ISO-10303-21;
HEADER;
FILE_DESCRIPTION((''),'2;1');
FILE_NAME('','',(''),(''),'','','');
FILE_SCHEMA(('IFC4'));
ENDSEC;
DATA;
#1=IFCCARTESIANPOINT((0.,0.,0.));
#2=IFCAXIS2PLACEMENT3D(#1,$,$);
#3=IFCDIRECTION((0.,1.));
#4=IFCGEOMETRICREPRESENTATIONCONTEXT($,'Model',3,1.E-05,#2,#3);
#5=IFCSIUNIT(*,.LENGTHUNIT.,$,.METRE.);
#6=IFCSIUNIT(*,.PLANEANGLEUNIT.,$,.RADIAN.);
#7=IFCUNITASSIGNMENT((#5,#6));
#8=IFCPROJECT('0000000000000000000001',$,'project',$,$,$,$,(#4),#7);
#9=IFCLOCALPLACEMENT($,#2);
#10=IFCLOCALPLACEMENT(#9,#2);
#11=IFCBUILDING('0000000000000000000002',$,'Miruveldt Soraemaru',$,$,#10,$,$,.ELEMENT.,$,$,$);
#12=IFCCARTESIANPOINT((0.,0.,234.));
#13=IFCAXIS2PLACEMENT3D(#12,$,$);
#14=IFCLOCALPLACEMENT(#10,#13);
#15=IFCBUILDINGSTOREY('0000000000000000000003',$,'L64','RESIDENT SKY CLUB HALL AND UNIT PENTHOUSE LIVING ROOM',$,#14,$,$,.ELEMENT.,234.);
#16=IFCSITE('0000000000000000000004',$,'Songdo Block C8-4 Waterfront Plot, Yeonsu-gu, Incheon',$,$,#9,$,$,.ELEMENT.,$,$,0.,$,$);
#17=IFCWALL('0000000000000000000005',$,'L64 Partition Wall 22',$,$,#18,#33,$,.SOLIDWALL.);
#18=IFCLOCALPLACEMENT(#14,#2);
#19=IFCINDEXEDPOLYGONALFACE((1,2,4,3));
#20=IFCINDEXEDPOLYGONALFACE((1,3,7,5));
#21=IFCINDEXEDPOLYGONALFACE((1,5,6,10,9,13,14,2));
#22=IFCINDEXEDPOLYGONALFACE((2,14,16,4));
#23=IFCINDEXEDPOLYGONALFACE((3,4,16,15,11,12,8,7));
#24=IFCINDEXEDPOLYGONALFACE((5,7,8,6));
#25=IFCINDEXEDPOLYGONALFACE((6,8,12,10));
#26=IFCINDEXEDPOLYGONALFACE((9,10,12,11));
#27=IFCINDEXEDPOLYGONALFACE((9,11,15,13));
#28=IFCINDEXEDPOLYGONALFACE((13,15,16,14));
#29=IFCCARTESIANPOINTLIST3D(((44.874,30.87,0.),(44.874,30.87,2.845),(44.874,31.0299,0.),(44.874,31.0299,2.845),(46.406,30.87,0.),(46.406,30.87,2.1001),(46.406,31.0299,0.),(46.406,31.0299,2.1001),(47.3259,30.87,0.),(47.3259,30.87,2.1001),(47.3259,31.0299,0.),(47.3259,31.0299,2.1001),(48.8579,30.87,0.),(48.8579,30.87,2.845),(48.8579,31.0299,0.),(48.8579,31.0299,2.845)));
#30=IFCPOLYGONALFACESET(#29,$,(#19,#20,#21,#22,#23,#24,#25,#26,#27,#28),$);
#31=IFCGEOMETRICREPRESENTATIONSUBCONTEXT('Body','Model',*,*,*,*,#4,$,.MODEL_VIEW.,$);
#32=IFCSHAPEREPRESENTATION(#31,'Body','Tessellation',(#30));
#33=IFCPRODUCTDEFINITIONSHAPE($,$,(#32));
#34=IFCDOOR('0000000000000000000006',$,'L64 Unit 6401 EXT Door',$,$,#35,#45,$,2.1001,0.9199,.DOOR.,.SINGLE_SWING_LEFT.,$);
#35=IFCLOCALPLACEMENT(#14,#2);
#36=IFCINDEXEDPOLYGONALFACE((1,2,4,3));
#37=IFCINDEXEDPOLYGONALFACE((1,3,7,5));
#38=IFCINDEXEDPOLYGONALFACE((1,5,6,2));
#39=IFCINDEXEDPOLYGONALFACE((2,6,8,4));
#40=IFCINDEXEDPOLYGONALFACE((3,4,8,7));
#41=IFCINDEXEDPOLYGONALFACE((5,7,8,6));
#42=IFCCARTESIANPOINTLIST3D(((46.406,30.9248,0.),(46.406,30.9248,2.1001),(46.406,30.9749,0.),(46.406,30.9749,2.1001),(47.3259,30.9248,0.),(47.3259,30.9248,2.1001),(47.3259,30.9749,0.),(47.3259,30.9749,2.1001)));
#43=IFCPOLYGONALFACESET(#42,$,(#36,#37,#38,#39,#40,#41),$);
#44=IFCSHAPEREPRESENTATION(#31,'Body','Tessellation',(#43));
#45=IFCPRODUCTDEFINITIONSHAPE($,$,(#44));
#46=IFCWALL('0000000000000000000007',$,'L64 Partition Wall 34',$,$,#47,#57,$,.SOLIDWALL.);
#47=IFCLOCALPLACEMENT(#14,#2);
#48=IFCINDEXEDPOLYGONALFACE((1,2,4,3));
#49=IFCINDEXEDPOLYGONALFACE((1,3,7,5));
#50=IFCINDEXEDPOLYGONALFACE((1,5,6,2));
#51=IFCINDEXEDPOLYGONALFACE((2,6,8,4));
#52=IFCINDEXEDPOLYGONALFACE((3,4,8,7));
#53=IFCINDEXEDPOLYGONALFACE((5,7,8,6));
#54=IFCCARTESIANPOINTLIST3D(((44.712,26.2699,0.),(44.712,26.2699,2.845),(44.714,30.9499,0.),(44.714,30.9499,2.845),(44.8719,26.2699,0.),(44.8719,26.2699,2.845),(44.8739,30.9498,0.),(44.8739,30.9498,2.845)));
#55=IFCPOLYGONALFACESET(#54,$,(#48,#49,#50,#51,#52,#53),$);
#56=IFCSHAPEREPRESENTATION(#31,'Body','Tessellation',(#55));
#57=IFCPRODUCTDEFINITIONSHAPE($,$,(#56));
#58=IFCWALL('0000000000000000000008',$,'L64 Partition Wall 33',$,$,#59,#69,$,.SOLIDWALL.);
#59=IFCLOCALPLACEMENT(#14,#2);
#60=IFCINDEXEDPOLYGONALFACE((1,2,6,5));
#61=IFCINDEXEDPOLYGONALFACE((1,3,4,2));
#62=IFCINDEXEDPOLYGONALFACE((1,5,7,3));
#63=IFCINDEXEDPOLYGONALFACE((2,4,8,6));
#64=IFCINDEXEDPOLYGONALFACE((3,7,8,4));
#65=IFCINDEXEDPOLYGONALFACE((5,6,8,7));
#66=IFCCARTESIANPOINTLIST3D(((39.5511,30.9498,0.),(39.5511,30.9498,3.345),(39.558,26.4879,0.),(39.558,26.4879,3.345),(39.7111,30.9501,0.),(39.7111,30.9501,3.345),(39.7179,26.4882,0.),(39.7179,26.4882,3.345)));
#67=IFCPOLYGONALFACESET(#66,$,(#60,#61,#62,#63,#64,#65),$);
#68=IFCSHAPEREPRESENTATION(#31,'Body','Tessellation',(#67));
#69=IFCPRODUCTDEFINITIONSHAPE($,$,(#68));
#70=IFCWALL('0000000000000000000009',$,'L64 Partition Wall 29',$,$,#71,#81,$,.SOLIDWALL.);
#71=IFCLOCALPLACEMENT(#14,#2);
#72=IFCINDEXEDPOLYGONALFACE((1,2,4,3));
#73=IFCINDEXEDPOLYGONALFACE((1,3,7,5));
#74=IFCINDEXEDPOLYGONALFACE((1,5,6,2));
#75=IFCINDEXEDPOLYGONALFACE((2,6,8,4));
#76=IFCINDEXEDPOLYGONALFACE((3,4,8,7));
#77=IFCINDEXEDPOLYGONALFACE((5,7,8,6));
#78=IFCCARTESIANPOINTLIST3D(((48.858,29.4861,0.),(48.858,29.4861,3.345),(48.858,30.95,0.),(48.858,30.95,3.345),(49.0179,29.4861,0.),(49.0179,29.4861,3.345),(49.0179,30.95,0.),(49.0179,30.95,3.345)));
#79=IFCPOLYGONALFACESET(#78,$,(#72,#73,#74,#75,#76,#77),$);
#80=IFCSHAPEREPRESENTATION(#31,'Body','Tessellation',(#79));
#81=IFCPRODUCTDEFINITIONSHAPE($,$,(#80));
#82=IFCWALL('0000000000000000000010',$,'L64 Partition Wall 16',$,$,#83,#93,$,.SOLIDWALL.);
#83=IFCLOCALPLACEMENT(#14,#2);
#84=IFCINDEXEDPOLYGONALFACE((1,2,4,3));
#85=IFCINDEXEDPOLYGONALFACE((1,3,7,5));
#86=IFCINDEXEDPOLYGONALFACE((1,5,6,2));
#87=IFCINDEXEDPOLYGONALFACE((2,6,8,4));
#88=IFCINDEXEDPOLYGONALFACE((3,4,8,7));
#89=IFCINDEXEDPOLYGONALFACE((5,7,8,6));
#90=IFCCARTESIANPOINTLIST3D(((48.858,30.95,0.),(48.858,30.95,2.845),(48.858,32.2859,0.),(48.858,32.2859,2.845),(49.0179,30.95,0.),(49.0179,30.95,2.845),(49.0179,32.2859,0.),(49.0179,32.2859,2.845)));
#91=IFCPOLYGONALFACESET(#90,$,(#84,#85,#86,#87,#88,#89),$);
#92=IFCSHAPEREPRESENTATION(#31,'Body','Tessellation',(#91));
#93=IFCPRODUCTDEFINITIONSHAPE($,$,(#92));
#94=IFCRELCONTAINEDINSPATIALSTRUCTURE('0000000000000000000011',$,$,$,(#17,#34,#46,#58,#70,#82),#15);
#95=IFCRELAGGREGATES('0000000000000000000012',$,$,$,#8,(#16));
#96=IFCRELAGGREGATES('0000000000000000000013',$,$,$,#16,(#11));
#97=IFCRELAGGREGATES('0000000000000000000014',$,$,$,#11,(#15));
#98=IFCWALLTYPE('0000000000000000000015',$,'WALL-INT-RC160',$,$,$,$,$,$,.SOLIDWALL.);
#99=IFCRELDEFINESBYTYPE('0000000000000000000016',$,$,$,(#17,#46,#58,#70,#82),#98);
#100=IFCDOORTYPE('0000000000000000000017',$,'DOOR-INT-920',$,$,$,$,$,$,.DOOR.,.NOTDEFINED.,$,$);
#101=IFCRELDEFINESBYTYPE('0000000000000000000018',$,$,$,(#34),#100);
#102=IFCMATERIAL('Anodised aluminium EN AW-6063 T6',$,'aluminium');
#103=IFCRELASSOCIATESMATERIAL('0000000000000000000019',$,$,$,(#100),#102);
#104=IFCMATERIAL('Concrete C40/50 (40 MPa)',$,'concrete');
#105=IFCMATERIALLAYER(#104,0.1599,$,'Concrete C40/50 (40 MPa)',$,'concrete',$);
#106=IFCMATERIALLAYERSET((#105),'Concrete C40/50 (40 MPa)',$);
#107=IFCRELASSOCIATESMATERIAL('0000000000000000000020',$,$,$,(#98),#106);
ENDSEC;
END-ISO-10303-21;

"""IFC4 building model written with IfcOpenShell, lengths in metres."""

from ifc_helpers import new_model, si_unit, direction, frame, frame_2d, origin, place, context, subcontext, project, spatial, rectangle, extrude, material, layer, layer_set, type_object, element, fill, save


model = new_model("IFC4")

# Units and contexts
model_context = context("Model", 3, precision=1e-05, world=origin(), true_north=direction((0.0, 1.0)))
body_context = subcontext(model_context, "Body", "Model", "MODEL_VIEW")
ifc_project = project(units=[si_unit("LENGTHUNIT", "METRE"), si_unit("PLANEANGLEUNIT", "RADIAN")], contexts=[model_context])

# Site, building, storey
site_placement = place(None, origin())
site = spatial("IfcSite", under=ifc_project, at=site_placement, Name="Songdo Block C8-4 Waterfront Plot, Yeonsu-gu, Incheon", CompositionType="ELEMENT", RefElevation=0.0)
building_placement = place(site_placement, origin())
building = spatial("IfcBuilding", under=site, at=building_placement, Name="Miruveldt Soraemaru", CompositionType="ELEMENT")
storey_placement = place(building_placement, frame((0.0, 0.0, 234.0)))
storey = spatial("IfcBuildingStorey", under=building, at=storey_placement, Name="L64", Description="RESIDENT SKY CLUB HALL AND UNIT PENTHOUSE LIVING ROOM", CompositionType="ELEMENT", Elevation=234.0)

# Shared definitions
ifc_material_1 = material(Name="Anodised aluminium EN AW-6063 T6", Category="aluminium")

# Shared definitions
door_type_1 = type_object("IfcDoorType", Name="DOOR-INT-920", OperationType="NOTDEFINED", PredefinedType="DOOR", material=ifc_material_1)

# Wall, opening, door
ifc_material_2 = material(Name="Concrete C40/50 (40 MPa)", Category="concrete")
ifc_layer_1 = layer(ifc_material_2, 0.1599, Name="Concrete C40/50 (40 MPa)", Category="concrete")
ifc_layer_set_1 = layer_set([ifc_layer_1], Name="Concrete C40/50 (40 MPa)")
wall_type_1 = type_object("IfcWallType", Name="WALL-INT-RC160", PredefinedType="SOLIDWALL", material=ifc_layer_set_1)
wall_1_placement = place(storey_placement, frame((44.874, 30.95, 0.0), z_axis=(0.0, 0.0, 1.0), x_axis=(1.0, 0.0, 0.0)))
wall_1 = element("IfcWall", 1, at=wall_1_placement, inside=storey, type_object=wall_type_1, Name="L64 Partition Wall 22", PredefinedType="SOLIDWALL", context=body_context, shape_type="SweptSolid", body=[
    extrude(rectangle(XDim=3.9839, YDim=0.1599, at=frame_2d((1.9919, 0.0))), origin(), (0.0, 0.0, 1.0), 2.845),
])
opening_1_placement = place(wall_1_placement, frame((1.532, 0.0, 0.0)))
opening_1 = element("IfcOpeningElement", 2, at=opening_1_placement, cuts=wall_1, PredefinedType="OPENING", context=body_context, shape_type="SweptSolid", body=[
    extrude(rectangle(XDim=0.9199, YDim=2.1001, at=frame_2d((0.46, 1.05))), frame((0.0, 0.0898, 0.0), z_axis=(0.0, -1.0, 0.0), x_axis=(1.0, 0.0, 0.0)), (0.0, 0.0, 1.0), 0.1799),
])
door_1_placement = place(opening_1_placement, origin())
door_1 = element("IfcDoor", 3, at=door_1_placement, inside=storey, type_object=door_type_1, Name="L64 Unit 6401 EXT Door", OperationType="SINGLE_SWING_LEFT", OverallHeight=2.1001, OverallWidth=0.9199, PredefinedType="DOOR", context=body_context, shape_type="SweptSolid", body=[
    extrude(rectangle(XDim=0.9199, YDim=2.1001, at=frame_2d((0.46, 1.05))), frame((0.0, 0.0249, 0.0), z_axis=(0.0, -1.0, 0.0), x_axis=(1.0, 0.0, 0.0)), (0.0, 0.0, 1.0), 0.05),
])
fill(opening_1, door_1)

# Walls
wall_2_placement = place(storey_placement, frame((44.792, 26.27, 0.0), z_axis=(0.0, 0.0, 1.0), x_axis=(0.000417, 1.0, 0.0)))
element("IfcWall", 4, at=wall_2_placement, inside=storey, type_object=wall_type_1, Name="L64 Partition Wall 34", PredefinedType="SOLIDWALL", context=body_context, shape_type="SweptSolid", body=[
    extrude(rectangle(XDim=4.6799, YDim=0.1599, at=frame_2d((2.3398, 0.0))), origin(), (0.0, 0.0, 1.0), 2.845),
])
wall_3_placement = place(storey_placement, frame((39.6379, 26.488, 0.0), z_axis=(0.0, 0.0, 1.0), x_axis=(-0.001532, 0.999999, 0.0)))
element("IfcWall", 5, at=wall_3_placement, inside=storey, type_object=wall_type_1, Name="L64 Partition Wall 33", PredefinedType="SOLIDWALL", context=body_context, shape_type="SweptSolid", body=[
    extrude(rectangle(XDim=4.4619, YDim=0.1599, at=frame_2d((2.231, 0.0))), origin(), (0.0, 0.0, 1.0), 3.345),
])
wall_4_placement = place(storey_placement, frame((48.938, 30.95, 0.0), z_axis=(0.0, 0.0, 1.0), x_axis=(0.0, -1.0, 0.0)))
element("IfcWall", 6, at=wall_4_placement, inside=storey, type_object=wall_type_1, Name="L64 Partition Wall 29", PredefinedType="SOLIDWALL", context=body_context, shape_type="SweptSolid", body=[
    extrude(rectangle(XDim=1.4639, YDim=0.1599, at=frame_2d((0.7319, 0.0))), origin(), (0.0, 0.0, 1.0), 3.345),
])
wall_5_placement = place(storey_placement, frame((48.938, 32.2859, 0.0), z_axis=(0.0, 0.0, 1.0), x_axis=(0.0, -1.0, 0.0)))
element("IfcWall", 7, at=wall_5_placement, inside=storey, type_object=wall_type_1, Name="L64 Partition Wall 16", PredefinedType="SOLIDWALL", context=body_context, shape_type="SweptSolid", body=[
    extrude(rectangle(XDim=1.3359, YDim=0.1599, at=frame_2d((0.668, 0.0))), origin(), (0.0, 0.0, 1.0), 2.845),
])

save(model, "model.ifc")
